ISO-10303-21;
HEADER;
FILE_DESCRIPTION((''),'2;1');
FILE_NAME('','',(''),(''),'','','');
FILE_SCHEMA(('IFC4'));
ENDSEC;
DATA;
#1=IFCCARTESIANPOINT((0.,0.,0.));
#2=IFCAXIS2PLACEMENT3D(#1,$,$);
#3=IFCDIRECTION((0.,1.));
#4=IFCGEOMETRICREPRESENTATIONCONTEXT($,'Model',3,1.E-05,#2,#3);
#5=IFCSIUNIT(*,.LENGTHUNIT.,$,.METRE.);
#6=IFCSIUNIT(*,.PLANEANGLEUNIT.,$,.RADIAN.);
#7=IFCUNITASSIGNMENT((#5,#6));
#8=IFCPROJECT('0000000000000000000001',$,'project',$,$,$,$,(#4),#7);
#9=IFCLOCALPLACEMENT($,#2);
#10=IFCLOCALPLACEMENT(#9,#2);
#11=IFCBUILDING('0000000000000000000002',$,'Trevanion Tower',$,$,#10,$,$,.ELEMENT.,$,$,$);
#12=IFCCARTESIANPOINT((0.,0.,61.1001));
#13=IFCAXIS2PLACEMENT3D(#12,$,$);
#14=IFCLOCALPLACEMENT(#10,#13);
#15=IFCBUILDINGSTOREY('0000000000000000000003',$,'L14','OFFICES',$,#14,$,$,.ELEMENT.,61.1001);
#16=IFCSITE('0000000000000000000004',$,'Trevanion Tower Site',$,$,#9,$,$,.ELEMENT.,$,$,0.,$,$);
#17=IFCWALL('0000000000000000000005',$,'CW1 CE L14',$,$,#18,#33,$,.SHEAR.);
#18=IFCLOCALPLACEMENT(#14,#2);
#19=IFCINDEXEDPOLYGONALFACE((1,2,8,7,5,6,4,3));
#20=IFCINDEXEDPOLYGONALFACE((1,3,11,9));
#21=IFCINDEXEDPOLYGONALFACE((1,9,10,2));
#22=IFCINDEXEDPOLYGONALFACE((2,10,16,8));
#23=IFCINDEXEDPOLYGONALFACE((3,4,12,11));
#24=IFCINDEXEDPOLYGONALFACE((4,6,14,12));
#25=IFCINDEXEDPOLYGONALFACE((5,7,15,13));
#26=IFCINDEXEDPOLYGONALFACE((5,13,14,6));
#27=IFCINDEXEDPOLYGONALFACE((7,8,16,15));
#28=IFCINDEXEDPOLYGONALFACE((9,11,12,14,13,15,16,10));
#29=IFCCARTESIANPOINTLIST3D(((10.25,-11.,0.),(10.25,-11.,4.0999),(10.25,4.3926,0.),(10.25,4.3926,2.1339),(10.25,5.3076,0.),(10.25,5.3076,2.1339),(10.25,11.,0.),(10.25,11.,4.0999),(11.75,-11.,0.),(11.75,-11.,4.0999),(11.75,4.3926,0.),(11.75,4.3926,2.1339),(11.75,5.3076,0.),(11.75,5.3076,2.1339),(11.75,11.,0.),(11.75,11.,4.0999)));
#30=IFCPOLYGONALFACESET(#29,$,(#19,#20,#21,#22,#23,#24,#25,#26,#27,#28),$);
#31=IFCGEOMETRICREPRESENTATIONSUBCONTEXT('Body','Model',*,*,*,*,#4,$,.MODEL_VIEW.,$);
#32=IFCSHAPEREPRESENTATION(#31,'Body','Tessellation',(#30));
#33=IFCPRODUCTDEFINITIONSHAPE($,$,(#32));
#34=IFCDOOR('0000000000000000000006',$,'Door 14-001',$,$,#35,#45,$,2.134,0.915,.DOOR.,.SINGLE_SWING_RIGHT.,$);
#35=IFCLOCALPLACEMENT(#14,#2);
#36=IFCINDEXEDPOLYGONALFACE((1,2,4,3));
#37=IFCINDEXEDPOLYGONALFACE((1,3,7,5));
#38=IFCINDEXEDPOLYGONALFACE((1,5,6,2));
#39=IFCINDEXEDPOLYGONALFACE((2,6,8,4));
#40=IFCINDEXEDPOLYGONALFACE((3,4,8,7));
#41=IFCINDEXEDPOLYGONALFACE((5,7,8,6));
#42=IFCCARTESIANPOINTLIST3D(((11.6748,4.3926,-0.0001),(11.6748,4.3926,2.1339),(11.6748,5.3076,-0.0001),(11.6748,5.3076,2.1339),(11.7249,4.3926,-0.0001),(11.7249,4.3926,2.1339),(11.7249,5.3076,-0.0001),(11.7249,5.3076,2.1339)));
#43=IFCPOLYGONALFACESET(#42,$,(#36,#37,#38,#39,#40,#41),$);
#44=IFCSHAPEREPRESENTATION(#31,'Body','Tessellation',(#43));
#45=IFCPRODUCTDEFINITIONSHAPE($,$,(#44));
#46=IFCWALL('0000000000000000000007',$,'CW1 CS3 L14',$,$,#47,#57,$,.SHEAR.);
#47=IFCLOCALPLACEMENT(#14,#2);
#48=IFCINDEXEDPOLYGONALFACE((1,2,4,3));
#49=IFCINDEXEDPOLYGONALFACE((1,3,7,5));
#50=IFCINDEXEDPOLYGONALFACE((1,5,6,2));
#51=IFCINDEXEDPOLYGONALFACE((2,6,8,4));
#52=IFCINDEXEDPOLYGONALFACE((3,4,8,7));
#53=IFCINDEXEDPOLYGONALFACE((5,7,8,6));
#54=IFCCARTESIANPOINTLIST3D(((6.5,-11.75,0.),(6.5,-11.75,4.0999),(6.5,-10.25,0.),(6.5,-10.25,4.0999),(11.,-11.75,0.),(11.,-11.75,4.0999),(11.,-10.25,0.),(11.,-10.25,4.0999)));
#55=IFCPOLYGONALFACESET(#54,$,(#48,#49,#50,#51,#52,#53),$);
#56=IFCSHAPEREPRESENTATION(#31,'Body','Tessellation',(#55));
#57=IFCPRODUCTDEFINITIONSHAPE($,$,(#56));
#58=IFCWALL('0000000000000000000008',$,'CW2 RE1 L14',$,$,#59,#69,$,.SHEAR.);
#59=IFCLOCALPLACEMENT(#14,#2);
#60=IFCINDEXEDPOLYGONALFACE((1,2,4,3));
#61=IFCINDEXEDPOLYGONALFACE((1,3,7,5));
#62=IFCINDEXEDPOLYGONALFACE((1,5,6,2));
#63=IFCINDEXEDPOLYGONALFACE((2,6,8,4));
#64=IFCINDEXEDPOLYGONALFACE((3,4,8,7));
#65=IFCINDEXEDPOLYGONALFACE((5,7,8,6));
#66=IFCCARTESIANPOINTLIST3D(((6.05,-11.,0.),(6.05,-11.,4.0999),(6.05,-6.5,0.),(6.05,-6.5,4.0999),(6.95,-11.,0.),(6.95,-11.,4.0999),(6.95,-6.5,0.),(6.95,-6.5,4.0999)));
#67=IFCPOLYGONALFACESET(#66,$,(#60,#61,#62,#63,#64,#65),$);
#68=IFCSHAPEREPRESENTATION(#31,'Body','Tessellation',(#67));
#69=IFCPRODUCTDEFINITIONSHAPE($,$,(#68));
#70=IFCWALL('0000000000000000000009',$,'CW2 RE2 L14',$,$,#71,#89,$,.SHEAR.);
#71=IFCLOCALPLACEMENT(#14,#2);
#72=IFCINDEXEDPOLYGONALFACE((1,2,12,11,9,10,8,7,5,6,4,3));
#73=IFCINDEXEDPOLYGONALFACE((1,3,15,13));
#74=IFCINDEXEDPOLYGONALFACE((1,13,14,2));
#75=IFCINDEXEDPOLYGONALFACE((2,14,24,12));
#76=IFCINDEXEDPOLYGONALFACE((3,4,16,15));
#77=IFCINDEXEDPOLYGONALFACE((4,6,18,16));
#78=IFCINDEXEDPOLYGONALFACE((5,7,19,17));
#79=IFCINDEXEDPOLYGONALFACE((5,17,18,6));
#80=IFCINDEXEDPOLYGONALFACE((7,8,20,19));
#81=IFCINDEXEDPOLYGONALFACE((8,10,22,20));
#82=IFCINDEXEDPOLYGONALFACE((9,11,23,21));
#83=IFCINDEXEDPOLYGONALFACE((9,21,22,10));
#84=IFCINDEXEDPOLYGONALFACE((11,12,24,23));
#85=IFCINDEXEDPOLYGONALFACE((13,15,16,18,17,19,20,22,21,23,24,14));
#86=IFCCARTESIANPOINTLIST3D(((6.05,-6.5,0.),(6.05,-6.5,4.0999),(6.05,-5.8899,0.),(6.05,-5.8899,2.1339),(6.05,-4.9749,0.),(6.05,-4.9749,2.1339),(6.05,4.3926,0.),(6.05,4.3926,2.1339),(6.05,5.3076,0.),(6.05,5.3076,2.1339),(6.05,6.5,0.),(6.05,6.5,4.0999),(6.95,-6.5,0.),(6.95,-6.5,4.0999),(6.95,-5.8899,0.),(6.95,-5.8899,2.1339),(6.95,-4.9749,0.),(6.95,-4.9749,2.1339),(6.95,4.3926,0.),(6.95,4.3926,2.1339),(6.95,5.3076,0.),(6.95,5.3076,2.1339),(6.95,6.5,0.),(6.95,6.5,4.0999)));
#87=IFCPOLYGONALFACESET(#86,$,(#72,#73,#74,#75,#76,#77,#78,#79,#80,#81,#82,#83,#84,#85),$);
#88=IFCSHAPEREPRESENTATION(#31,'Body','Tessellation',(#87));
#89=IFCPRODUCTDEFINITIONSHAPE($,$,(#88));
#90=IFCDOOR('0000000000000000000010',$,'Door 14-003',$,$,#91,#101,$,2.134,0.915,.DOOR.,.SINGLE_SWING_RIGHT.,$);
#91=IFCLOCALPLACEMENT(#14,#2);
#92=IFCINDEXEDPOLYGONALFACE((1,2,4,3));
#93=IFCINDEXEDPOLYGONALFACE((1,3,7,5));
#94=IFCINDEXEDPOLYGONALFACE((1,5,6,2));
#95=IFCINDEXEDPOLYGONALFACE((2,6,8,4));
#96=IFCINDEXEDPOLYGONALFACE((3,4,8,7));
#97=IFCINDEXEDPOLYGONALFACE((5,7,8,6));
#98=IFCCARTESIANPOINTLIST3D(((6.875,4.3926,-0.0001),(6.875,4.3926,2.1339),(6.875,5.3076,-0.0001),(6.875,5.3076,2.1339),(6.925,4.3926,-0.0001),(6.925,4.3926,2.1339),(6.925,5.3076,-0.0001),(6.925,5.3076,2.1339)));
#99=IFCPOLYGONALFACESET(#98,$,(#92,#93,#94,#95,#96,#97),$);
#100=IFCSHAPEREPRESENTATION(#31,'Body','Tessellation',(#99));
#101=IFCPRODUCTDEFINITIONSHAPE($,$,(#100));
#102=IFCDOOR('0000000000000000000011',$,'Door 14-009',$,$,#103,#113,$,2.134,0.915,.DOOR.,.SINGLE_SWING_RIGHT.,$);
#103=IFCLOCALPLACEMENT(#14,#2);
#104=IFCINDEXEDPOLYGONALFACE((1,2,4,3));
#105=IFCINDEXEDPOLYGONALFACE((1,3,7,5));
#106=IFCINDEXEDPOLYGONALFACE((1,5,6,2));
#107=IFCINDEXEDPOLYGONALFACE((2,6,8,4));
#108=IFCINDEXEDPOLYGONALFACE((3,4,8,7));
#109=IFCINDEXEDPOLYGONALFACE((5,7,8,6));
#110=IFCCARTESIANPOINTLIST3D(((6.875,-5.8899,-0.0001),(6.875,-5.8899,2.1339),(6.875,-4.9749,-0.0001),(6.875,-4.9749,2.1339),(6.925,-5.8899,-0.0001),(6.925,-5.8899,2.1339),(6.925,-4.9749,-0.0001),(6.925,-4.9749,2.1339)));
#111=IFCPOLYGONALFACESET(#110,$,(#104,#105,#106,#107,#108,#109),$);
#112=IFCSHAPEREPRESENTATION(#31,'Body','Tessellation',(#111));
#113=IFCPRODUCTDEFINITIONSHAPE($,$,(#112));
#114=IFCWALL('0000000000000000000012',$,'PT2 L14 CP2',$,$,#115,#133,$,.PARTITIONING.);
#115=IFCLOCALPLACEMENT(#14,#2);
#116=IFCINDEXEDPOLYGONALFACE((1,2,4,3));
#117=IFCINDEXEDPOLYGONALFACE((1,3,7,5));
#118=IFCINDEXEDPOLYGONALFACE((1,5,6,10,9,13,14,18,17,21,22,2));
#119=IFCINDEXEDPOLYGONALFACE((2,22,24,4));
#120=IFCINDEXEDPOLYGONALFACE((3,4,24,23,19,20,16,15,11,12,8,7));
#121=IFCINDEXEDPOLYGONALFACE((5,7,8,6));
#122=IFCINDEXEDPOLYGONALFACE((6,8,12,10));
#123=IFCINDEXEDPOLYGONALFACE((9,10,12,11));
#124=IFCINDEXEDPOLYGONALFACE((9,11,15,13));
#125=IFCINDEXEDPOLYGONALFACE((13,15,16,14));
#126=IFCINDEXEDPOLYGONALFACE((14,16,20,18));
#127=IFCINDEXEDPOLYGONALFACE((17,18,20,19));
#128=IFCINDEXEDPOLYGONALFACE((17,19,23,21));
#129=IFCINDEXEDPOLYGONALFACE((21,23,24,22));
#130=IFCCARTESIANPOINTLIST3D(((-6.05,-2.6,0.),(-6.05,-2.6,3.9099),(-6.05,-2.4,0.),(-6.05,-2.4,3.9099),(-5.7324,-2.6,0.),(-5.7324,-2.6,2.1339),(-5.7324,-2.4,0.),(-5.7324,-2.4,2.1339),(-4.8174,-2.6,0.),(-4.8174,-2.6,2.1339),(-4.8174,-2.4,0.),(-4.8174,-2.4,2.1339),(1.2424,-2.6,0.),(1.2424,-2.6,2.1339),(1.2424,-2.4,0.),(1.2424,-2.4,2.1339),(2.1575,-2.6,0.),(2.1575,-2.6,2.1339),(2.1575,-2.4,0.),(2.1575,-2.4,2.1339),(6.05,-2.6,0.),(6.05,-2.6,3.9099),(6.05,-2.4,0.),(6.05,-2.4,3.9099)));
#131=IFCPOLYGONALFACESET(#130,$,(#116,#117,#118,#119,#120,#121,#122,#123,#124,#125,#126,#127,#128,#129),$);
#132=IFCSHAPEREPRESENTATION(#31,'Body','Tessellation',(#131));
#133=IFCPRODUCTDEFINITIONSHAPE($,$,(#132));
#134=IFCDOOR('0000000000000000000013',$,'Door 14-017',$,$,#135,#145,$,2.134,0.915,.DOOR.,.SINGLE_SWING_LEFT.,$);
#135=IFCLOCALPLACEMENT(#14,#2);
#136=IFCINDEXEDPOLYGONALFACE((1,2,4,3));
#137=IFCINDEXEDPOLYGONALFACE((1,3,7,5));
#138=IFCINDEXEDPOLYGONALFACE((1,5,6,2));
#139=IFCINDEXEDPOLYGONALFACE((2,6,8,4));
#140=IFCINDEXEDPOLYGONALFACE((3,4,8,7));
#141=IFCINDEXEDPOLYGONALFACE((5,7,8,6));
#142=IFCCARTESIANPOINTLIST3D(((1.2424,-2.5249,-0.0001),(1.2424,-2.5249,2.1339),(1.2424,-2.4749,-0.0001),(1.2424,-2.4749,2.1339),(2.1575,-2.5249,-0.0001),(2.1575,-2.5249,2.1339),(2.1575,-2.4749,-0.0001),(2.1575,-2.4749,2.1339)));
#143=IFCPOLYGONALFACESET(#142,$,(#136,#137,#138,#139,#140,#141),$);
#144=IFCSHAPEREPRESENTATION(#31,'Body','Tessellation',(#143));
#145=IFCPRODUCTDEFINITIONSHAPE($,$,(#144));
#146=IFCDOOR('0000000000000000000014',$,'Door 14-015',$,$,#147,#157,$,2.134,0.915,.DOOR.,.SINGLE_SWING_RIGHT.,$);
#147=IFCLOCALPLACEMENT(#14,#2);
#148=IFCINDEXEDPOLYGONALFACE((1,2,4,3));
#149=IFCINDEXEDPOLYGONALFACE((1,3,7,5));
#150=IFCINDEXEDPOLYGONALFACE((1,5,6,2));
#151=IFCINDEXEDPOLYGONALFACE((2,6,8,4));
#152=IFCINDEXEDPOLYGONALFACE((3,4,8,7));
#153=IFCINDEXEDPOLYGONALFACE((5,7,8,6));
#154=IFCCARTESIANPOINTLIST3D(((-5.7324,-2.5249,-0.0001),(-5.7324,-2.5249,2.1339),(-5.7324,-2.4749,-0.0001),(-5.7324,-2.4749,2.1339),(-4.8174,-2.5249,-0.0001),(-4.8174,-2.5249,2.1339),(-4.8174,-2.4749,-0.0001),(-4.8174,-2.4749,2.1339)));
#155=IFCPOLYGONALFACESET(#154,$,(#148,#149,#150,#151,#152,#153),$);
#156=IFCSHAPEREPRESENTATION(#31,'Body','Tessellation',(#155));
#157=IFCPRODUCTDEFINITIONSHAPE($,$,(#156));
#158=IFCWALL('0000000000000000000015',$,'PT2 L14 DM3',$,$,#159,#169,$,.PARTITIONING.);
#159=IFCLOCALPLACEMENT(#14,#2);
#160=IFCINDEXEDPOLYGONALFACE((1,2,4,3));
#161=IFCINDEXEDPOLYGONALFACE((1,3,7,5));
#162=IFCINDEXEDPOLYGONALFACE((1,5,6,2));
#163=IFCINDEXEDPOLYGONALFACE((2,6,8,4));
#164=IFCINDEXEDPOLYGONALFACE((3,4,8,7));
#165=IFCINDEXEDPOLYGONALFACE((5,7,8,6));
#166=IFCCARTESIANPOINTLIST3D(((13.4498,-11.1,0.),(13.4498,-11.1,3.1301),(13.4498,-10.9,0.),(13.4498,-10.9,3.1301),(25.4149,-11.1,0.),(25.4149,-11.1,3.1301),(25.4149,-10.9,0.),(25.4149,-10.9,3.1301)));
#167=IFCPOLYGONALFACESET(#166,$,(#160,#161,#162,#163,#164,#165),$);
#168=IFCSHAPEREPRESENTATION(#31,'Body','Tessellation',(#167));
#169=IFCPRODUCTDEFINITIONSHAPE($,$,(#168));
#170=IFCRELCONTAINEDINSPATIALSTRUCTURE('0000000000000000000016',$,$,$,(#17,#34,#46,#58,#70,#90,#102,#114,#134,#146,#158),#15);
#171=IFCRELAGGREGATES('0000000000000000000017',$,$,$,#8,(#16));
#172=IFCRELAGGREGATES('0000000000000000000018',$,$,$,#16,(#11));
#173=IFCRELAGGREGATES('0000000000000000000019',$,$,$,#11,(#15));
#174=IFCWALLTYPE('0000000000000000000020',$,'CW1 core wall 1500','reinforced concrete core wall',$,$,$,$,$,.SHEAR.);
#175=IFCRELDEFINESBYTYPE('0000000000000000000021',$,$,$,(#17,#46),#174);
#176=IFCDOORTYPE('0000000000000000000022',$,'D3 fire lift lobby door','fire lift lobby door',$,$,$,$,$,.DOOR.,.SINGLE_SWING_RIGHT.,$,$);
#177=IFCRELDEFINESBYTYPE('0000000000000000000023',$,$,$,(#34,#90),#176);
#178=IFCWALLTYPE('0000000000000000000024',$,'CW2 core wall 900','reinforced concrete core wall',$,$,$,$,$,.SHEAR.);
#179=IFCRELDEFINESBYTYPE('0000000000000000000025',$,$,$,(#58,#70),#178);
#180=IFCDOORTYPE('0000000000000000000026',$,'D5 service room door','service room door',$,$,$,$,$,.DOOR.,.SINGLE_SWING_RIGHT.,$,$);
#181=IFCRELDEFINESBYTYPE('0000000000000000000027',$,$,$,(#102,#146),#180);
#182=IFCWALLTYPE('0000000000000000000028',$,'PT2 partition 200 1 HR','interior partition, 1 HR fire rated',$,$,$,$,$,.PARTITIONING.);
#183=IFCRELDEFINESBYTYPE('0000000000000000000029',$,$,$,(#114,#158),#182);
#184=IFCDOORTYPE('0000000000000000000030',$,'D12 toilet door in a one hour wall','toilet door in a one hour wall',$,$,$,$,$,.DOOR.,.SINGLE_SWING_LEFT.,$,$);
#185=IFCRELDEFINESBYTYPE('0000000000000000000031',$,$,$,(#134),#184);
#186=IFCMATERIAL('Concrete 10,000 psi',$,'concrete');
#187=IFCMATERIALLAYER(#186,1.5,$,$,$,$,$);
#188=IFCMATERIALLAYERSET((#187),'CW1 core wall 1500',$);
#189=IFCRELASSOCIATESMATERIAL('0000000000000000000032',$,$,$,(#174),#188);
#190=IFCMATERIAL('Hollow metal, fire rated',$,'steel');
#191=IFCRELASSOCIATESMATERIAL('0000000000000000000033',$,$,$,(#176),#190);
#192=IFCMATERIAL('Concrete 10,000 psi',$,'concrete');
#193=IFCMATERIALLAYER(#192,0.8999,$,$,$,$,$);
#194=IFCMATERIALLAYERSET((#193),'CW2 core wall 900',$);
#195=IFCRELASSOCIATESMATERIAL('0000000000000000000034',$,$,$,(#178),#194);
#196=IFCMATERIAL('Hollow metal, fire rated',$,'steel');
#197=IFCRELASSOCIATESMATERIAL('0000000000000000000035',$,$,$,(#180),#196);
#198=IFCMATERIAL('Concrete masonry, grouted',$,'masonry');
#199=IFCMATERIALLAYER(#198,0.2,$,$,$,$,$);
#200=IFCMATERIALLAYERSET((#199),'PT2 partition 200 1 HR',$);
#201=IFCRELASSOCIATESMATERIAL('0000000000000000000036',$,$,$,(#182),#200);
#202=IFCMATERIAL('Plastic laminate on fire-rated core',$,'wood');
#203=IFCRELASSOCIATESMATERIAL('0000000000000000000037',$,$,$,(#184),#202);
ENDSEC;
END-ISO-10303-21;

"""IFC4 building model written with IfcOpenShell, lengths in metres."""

from ifc_helpers import new_model, si_unit, direction, frame, frame_2d, origin, place, context, subcontext, project, spatial, rectangle, extrude, material, layer, layer_set, type_object, element, fill, save


model = new_model("IFC4")

# Units and contexts
model_context = context("Model", 3, precision=1e-05, world=origin(), true_north=direction((0.0, 1.0)))
body_context = subcontext(model_context, "Body", "Model", "MODEL_VIEW")
ifc_project = project(units=[si_unit("LENGTHUNIT", "METRE"), si_unit("PLANEANGLEUNIT", "RADIAN")], contexts=[model_context])

# Site, building, storey
site_placement = place(None, origin())
site = spatial("IfcSite", under=ifc_project, at=site_placement, Name="Trevanion Tower Site", CompositionType="ELEMENT", RefElevation=0.0)
building_placement = place(site_placement, origin())
building = spatial("IfcBuilding", under=site, at=building_placement, Name="Trevanion Tower", CompositionType="ELEMENT")
storey_placement = place(building_placement, frame((0.0, 0.0, 61.1001)))
storey = spatial("IfcBuildingStorey", under=building, at=storey_placement, Name="L14", Description="OFFICES", CompositionType="ELEMENT", Elevation=61.1001)

# Wall, opening, door
ifc_material_1 = material(Name="Concrete 10,000 psi", Category="concrete")
ifc_layer_1 = layer(ifc_material_1, 1.5)
ifc_layer_set_1 = layer_set([ifc_layer_1], Name="CW1 core wall 1500")
wall_type_1 = type_object("IfcWallType", Name="CW1 core wall 1500", Description="reinforced concrete core wall", PredefinedType="SHEAR", material=ifc_layer_set_1)
wall_1_placement = place(storey_placement, frame((11.0, -11.0, 0.0), z_axis=(0.0, 0.0, 1.0), x_axis=(0.0, 1.0, 0.0)))
wall_1 = element("IfcWall", 1, at=wall_1_placement, inside=storey, type_object=wall_type_1, Name="CW1 CE L14", PredefinedType="SHEAR", context=body_context, shape_type="SweptSolid", body=[
    extrude(rectangle(XDim=22.0, YDim=1.5, at=frame_2d((11.0, 0.0))), origin(), (0.0, 0.0, 1.0), 4.0999),
])
opening_1_placement = place(wall_1_placement, frame((15.3926, 0.0, 0.0)))
opening_1 = element("IfcOpeningElement", 2, at=opening_1_placement, cuts=wall_1, PredefinedType="OPENING", context=body_context, shape_type="SweptSolid", body=[
    extrude(rectangle(XDim=0.915, YDim=2.134, at=frame_2d((0.4575, 1.0669))), frame((0.0, 0.76, 0.0), z_axis=(0.0, -1.0, 0.0), x_axis=(1.0, 0.0, 0.0)), (0.0, 0.0, 1.0), 1.52),
])
ifc_material_2 = material(Name="Hollow metal, fire rated", Category="steel")
door_type_1 = type_object("IfcDoorType", Name="D3 fire lift lobby door", Description="fire lift lobby door", OperationType="SINGLE_SWING_RIGHT", PredefinedType="DOOR", material=ifc_material_2)
door_1_placement = place(opening_1_placement, origin())
door_1 = element("IfcDoor", 3, at=door_1_placement, inside=storey, type_object=door_type_1, Name="Door 14-001", OperationType="SINGLE_SWING_RIGHT", OverallHeight=2.134, OverallWidth=0.915, PredefinedType="DOOR", context=body_context, shape_type="SweptSolid", body=[
    extrude(rectangle(XDim=0.915, YDim=2.134, at=frame_2d((0.4575, 1.0669))), frame((0.0, -0.6748, 0.0), z_axis=(0.0, -1.0, 0.0), x_axis=(1.0, 0.0, 0.0)), (0.0, 0.0, 1.0), 0.05),
])
fill(opening_1, door_1)

# Walls
wall_2_placement = place(storey_placement, frame((6.5, -11.0, 0.0), z_axis=(0.0, 0.0, 1.0), x_axis=(1.0, 0.0, 0.0)))
element("IfcWall", 4, at=wall_2_placement, inside=storey, type_object=wall_type_1, Name="CW1 CS3 L14", PredefinedType="SHEAR", context=body_context, shape_type="SweptSolid", body=[
    extrude(rectangle(XDim=4.5, YDim=1.5, at=frame_2d((2.25, 0.0))), origin(), (0.0, 0.0, 1.0), 4.0999),
])
ifc_material_3 = material(Name="Concrete 10,000 psi", Category="concrete")
ifc_layer_2 = layer(ifc_material_3, 0.8999)
ifc_layer_set_2 = layer_set([ifc_layer_2], Name="CW2 core wall 900")
wall_type_2 = type_object("IfcWallType", Name="CW2 core wall 900", Description="reinforced concrete core wall", PredefinedType="SHEAR", material=ifc_layer_set_2)
wall_3_placement = place(storey_placement, frame((6.5, -11.0, 0.0), z_axis=(0.0, 0.0, 1.0), x_axis=(0.0, 1.0, 0.0)))
element("IfcWall", 5, at=wall_3_placement, inside=storey, type_object=wall_type_2, Name="CW2 RE1 L14", PredefinedType="SHEAR", context=body_context, shape_type="SweptSolid", body=[
    extrude(rectangle(XDim=4.5, YDim=0.8999, at=frame_2d((2.25, 0.0))), origin(), (0.0, 0.0, 1.0), 4.0999),
])

# Walls, openings, doors
wall_4_placement = place(storey_placement, frame((6.5, -6.5, 0.0), z_axis=(0.0, 0.0, 1.0), x_axis=(0.0, 1.0, 0.0)))
wall_4 = element("IfcWall", 6, at=wall_4_placement, inside=storey, type_object=wall_type_2, Name="CW2 RE2 L14", PredefinedType="SHEAR", context=body_context, shape_type="SweptSolid", body=[
    extrude(rectangle(XDim=13.0, YDim=0.8999, at=frame_2d((6.5, 0.0))), origin(), (0.0, 0.0, 1.0), 4.0999),
])
opening_2_placement = place(wall_4_placement, frame((10.8926, 0.0, 0.0)))
opening_2 = element("IfcOpeningElement", 7, at=opening_2_placement, cuts=wall_4, PredefinedType="OPENING", context=body_context, shape_type="SweptSolid", body=[
    extrude(rectangle(XDim=0.915, YDim=2.134, at=frame_2d((0.4575, 1.0669))), frame((0.0, 0.46, 0.0), z_axis=(0.0, -1.0, 0.0), x_axis=(1.0, 0.0, 0.0)), (0.0, 0.0, 1.0), 0.9199),
])
opening_3_placement = place(wall_4_placement, frame((0.6101, 0.0, 0.0)))
opening_3 = element("IfcOpeningElement", 8, at=opening_3_placement, cuts=wall_4, PredefinedType="OPENING", context=body_context, shape_type="SweptSolid", body=[
    extrude(rectangle(XDim=0.915, YDim=2.134, at=frame_2d((0.4575, 1.0669))), frame((0.0, 0.46, 0.0), z_axis=(0.0, -1.0, 0.0), x_axis=(1.0, 0.0, 0.0)), (0.0, 0.0, 1.0), 0.9199),
])
door_2_placement = place(opening_2_placement, origin())
door_2 = element("IfcDoor", 9, at=door_2_placement, inside=storey, type_object=door_type_1, Name="Door 14-003", OperationType="SINGLE_SWING_RIGHT", OverallHeight=2.134, OverallWidth=0.915, PredefinedType="DOOR", context=body_context, shape_type="SweptSolid", body=[
    extrude(rectangle(XDim=0.915, YDim=2.134, at=frame_2d((0.4575, 1.0669))), frame((0.0, -0.375, 0.0), z_axis=(0.0, -1.0, 0.0), x_axis=(1.0, 0.0, 0.0)), (0.0, 0.0, 1.0), 0.05),
])
fill(opening_2, door_2)
ifc_material_4 = material(Name="Hollow metal, fire rated", Category="steel")
door_type_2 = type_object("IfcDoorType", Name="D5 service room door", Description="service room door", OperationType="SINGLE_SWING_RIGHT", PredefinedType="DOOR", material=ifc_material_4)
door_3_placement = place(opening_3_placement, origin())
door_3 = element("IfcDoor", 10, at=door_3_placement, inside=storey, type_object=door_type_2, Name="Door 14-009", OperationType="SINGLE_SWING_RIGHT", OverallHeight=2.134, OverallWidth=0.915, PredefinedType="DOOR", context=body_context, shape_type="SweptSolid", body=[
    extrude(rectangle(XDim=0.915, YDim=2.134, at=frame_2d((0.4575, 1.0669))), frame((0.0, -0.375, 0.0), z_axis=(0.0, -1.0, 0.0), x_axis=(1.0, 0.0, 0.0)), (0.0, 0.0, 1.0), 0.05),
])
fill(opening_3, door_3)
ifc_material_5 = material(Name="Concrete masonry, grouted", Category="masonry")
ifc_layer_3 = layer(ifc_material_5, 0.2)
ifc_layer_set_3 = layer_set([ifc_layer_3], Name="PT2 partition 200 1 HR")
wall_type_3 = type_object("IfcWallType", Name="PT2 partition 200 1 HR", Description="interior partition, 1 HR fire rated", PredefinedType="PARTITIONING", material=ifc_layer_set_3)
wall_5_placement = place(storey_placement, frame((6.05, -2.5, 0.0), z_axis=(0.0, 0.0, 1.0), x_axis=(-1.0, 0.0, 0.0)))
wall_5 = element("IfcWall", 11, at=wall_5_placement, inside=storey, type_object=wall_type_3, Name="PT2 L14 CP2", PredefinedType="PARTITIONING", context=body_context, shape_type="SweptSolid", body=[
    extrude(rectangle(XDim=12.1001, YDim=0.2, at=frame_2d((6.05, 0.0))), origin(), (0.0, 0.0, 1.0), 3.9099),
])
opening_4_placement = place(wall_5_placement, frame((10.8674, 0.0, 0.0)))
opening_4 = element("IfcOpeningElement", 12, at=opening_4_placement, cuts=wall_5, PredefinedType="OPENING", context=body_context, shape_type="SweptSolid", body=[
    extrude(rectangle(XDim=0.915, YDim=2.134, at=frame_2d((0.4575, 1.0669))), frame((0.0, 0.1099, 0.0), z_axis=(0.0, -1.0, 0.0), x_axis=(1.0, 0.0, 0.0)), (0.0, 0.0, 1.0), 0.22),
])
opening_5_placement = place(wall_5_placement, frame((3.8926, 0.0, 0.0)))
opening_5 = element("IfcOpeningElement", 13, at=opening_5_placement, cuts=wall_5, PredefinedType="OPENING", context=body_context, shape_type="SweptSolid", body=[
    extrude(rectangle(XDim=0.915, YDim=2.134, at=frame_2d((0.4575, 1.0669))), frame((0.0, 0.1099, 0.0), z_axis=(0.0, -1.0, 0.0), x_axis=(1.0, 0.0, 0.0)), (0.0, 0.0, 1.0), 0.22),
])
ifc_material_6 = material(Name="Plastic laminate on fire-rated core", Category="wood")
door_type_3 = type_object("IfcDoorType", Name="D12 toilet door in a one hour wall", Description="toilet door in a one hour wall", OperationType="SINGLE_SWING_LEFT", PredefinedType="DOOR", material=ifc_material_6)
door_4_placement = place(opening_5_placement, origin())
door_4 = element("IfcDoor", 14, at=door_4_placement, inside=storey, type_object=door_type_3, Name="Door 14-017", OperationType="SINGLE_SWING_LEFT", OverallHeight=2.134, OverallWidth=0.915, PredefinedType="DOOR", context=body_context, shape_type="SweptSolid", body=[
    extrude(rectangle(XDim=0.915, YDim=2.134, at=frame_2d((0.4575, 1.0669))), frame((0.0, 0.0249, 0.0), z_axis=(0.0, -1.0, 0.0), x_axis=(1.0, 0.0, 0.0)), (0.0, 0.0, 1.0), 0.05),
])
fill(opening_5, door_4)
door_5_placement = place(opening_4_placement, origin())
door_5 = element("IfcDoor", 15, at=door_5_placement, inside=storey, type_object=door_type_2, Name="Door 14-015", OperationType="SINGLE_SWING_RIGHT", OverallHeight=2.134, OverallWidth=0.915, PredefinedType="DOOR", context=body_context, shape_type="SweptSolid", body=[
    extrude(rectangle(XDim=0.915, YDim=2.134, at=frame_2d((0.4575, 1.0669))), frame((0.0, 0.0249, 0.0), z_axis=(0.0, -1.0, 0.0), x_axis=(1.0, 0.0, 0.0)), (0.0, 0.0, 1.0), 0.05),
])
fill(opening_4, door_5)

# Wall
wall_6_placement = place(storey_placement, frame((13.45, -11.0, 0.0), z_axis=(0.0, 0.0, 1.0), x_axis=(1.0, 0.0, 0.0)))
element("IfcWall", 16, at=wall_6_placement, inside=storey, type_object=wall_type_3, Name="PT2 L14 DM3", PredefinedType="PARTITIONING", context=body_context, shape_type="SweptSolid", body=[
    extrude(rectangle(XDim=11.9651, YDim=0.2, at=frame_2d((5.9824, 0.0))), origin(), (0.0, 0.0, 1.0), 3.1301),
])

save(model, "model.ifc")
